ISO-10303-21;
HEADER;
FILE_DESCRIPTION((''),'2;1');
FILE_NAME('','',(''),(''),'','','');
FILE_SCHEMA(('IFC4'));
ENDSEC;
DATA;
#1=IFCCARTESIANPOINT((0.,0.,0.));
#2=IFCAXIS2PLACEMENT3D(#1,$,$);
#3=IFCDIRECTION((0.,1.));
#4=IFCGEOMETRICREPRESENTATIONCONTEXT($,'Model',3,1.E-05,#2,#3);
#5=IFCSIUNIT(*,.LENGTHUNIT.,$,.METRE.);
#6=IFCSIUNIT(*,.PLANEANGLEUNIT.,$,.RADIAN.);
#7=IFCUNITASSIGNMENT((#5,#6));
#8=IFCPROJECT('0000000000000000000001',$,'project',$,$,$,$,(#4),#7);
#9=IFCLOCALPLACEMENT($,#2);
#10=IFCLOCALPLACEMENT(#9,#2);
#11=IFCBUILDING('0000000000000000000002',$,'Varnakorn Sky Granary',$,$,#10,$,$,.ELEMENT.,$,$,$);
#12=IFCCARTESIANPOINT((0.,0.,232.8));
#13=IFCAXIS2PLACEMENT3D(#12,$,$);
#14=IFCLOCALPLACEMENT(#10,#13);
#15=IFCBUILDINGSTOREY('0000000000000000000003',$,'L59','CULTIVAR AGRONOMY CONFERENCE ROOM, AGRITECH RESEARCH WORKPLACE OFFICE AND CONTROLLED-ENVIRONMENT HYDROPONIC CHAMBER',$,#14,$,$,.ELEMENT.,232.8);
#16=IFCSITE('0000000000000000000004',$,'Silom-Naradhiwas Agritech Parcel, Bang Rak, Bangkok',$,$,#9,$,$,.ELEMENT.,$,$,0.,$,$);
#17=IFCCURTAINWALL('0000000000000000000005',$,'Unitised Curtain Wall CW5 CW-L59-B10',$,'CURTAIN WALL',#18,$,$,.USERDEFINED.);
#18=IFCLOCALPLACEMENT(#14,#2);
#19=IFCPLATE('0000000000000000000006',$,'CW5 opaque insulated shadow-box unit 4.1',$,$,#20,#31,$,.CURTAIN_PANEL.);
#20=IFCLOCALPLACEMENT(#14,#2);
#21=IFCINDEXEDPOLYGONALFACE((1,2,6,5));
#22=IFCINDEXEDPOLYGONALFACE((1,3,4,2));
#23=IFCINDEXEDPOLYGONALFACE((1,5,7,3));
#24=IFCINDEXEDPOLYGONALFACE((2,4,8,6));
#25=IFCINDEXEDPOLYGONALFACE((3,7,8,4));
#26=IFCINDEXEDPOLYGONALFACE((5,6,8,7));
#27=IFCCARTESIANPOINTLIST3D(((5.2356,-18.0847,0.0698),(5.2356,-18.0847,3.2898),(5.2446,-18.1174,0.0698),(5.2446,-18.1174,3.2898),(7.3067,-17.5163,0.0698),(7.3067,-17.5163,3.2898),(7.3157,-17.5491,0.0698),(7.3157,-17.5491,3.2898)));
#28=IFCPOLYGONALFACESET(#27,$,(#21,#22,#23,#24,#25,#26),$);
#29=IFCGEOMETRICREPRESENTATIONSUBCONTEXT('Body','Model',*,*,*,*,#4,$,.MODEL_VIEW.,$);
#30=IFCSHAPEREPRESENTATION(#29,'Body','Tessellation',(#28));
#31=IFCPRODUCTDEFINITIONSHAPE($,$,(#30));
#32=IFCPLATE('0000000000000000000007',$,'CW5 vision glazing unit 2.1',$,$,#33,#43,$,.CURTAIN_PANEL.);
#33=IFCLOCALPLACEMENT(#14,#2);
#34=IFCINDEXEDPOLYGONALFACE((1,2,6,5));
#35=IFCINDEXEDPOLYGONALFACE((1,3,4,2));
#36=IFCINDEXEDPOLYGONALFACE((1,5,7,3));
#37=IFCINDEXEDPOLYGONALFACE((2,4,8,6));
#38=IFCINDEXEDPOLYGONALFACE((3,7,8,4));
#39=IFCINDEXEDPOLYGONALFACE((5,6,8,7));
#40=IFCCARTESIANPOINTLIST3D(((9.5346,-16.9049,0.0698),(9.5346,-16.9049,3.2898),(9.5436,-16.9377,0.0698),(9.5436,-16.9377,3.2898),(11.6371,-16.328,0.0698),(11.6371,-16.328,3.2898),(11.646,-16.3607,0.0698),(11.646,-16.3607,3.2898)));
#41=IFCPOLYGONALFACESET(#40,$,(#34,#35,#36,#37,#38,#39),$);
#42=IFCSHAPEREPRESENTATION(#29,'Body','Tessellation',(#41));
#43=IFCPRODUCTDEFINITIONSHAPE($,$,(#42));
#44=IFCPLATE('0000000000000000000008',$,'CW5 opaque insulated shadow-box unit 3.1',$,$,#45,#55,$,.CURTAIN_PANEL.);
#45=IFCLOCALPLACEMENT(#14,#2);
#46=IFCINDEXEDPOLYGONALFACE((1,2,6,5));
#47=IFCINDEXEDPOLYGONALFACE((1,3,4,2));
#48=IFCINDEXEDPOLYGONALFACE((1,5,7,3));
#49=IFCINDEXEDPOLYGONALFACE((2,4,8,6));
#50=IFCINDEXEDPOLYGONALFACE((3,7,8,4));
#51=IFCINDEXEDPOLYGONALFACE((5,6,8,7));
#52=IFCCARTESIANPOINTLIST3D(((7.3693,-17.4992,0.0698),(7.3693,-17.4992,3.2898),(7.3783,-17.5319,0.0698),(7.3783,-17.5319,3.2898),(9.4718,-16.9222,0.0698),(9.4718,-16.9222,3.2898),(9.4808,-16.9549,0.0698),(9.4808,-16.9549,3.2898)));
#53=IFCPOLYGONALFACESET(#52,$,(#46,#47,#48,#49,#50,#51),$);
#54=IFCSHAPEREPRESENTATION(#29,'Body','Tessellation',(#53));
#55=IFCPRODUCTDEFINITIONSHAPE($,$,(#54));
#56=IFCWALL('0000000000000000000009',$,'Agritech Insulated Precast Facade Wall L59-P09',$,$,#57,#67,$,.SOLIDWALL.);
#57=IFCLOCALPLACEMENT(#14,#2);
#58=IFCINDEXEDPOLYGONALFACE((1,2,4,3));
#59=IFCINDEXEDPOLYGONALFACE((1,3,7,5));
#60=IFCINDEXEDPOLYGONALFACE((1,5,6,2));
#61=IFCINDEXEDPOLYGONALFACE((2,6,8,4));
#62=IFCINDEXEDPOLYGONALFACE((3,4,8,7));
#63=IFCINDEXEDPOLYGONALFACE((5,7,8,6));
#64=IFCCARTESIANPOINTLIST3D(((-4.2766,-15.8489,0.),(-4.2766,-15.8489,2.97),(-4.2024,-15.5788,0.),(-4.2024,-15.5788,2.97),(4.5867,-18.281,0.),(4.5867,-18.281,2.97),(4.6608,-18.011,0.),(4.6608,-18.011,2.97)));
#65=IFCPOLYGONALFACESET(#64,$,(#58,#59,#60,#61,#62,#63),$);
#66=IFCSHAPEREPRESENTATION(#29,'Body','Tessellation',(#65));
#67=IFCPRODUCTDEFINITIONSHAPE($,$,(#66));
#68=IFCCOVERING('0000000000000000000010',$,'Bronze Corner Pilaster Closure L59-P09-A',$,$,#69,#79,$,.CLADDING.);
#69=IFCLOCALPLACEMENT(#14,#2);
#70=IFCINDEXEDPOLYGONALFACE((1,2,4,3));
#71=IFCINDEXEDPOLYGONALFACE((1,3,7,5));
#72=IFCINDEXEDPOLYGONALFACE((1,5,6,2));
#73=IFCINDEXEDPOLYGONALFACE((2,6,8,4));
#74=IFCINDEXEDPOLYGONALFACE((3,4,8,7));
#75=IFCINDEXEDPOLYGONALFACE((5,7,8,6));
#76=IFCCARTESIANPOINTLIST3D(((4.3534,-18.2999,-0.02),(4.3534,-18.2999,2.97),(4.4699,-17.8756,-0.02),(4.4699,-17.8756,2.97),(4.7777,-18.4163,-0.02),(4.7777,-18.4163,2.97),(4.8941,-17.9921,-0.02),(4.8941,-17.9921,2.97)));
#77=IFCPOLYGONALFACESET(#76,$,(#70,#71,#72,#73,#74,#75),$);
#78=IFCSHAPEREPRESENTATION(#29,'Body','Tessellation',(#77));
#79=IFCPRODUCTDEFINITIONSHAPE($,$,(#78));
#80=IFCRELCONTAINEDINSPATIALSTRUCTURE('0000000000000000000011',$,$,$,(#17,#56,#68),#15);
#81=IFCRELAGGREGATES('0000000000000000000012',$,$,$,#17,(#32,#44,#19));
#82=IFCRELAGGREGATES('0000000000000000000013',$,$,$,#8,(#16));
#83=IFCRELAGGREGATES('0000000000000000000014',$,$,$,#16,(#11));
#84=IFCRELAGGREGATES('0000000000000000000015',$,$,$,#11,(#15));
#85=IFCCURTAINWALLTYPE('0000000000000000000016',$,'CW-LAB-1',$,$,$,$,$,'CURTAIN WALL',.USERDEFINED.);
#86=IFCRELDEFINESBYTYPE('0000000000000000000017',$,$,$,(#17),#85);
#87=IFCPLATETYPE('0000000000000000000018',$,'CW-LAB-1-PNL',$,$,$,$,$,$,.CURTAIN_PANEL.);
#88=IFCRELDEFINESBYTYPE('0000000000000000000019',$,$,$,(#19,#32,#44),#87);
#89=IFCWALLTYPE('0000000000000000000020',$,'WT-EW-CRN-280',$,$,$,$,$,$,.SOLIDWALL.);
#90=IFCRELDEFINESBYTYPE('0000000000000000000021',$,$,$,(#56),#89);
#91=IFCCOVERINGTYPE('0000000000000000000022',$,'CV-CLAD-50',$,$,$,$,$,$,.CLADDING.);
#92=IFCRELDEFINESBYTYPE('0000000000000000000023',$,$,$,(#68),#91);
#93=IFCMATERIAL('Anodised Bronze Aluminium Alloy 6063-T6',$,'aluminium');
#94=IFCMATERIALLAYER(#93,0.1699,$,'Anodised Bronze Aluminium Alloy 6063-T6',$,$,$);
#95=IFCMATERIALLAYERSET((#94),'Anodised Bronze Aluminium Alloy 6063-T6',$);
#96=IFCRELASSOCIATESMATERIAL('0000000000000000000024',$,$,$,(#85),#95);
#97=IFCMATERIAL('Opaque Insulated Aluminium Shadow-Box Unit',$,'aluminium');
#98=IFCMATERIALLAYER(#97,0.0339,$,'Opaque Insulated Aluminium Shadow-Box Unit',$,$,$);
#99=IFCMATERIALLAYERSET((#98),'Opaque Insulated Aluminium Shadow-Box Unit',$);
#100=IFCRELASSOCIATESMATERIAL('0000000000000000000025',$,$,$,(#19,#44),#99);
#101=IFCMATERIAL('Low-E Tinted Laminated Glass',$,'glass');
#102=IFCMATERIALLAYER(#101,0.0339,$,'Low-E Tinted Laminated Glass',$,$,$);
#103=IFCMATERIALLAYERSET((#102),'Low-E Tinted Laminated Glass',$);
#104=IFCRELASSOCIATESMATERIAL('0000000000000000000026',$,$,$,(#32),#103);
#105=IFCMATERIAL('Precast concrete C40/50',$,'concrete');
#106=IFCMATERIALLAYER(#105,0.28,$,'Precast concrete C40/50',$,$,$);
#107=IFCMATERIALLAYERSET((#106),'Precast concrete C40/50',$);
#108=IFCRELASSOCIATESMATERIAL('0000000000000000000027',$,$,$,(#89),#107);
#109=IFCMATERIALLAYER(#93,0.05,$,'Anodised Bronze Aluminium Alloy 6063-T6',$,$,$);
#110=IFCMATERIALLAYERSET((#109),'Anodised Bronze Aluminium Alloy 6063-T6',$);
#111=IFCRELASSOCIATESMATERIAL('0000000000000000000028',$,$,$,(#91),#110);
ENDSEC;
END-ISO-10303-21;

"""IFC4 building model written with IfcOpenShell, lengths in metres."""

from ifc_helpers import new_model, si_unit, direction, frame, frame_2d, origin, origin_2d, place, context, subcontext, project, spatial, rectangle, extrude, source, transform, mapped, material, layer, layer_set, type_object, type_shapes, element, aggregate, save


model = new_model("IFC4")

# Units and contexts
model_context = context("Model", 3, precision=1e-05, world=origin(), true_north=direction((0.0, 1.0)))
body_context = subcontext(model_context, "Body", "Model", "MODEL_VIEW")
ifc_project = project(units=[si_unit("LENGTHUNIT", "METRE"), si_unit("PLANEANGLEUNIT", "RADIAN")], contexts=[model_context])

# Site, building, storey
site_placement = place(None, origin())
site = spatial("IfcSite", under=ifc_project, at=site_placement, Name="Silom-Naradhiwas Agritech Parcel, Bang Rak, Bangkok", CompositionType="ELEMENT", RefElevation=0.0)
building_placement = place(site_placement, origin())
building = spatial("IfcBuilding", under=site, at=building_placement, Name="Varnakorn Sky Granary", CompositionType="ELEMENT")
storey_placement = place(building_placement, frame((0.0, 0.0, 232.8)))
storey = spatial("IfcBuildingStorey", under=building, at=storey_placement, Name="L59", Description="CULTIVAR AGRONOMY CONFERENCE ROOM, AGRITECH RESEARCH WORKPLACE OFFICE AND CONTROLLED-ENVIRONMENT HYDROPONIC CHAMBER", CompositionType="ELEMENT", Elevation=232.8)

# Curtain wall
ifc_material_1 = material(Name="Anodised Bronze Aluminium Alloy 6063-T6", Category="aluminium")
ifc_layer_1 = layer(ifc_material_1, 0.1699, Name="Anodised Bronze Aluminium Alloy 6063-T6")
ifc_layer_set_1 = layer_set([ifc_layer_1], Name="Anodised Bronze Aluminium Alloy 6063-T6")
curtain_wall_type = type_object("IfcCurtainWallType", Name="CW-LAB-1", ElementType="CURTAIN WALL", PredefinedType="USERDEFINED", material=ifc_layer_set_1)
curtain_wall_placement = place(storey_placement, origin())
curtain_wall = element("IfcCurtainWall", 1, at=curtain_wall_placement, inside=storey, type_object=curtain_wall_type, Name="Unitised Curtain Wall CW5 CW-L59-B10", ObjectType="CURTAIN WALL", PredefinedType="USERDEFINED")

# Plates
ifc_material_2 = material(Name="Low-E Tinted Laminated Glass", Category="glass")
ifc_layer_2 = layer(ifc_material_2, 0.0339, Name="Low-E Tinted Laminated Glass")
ifc_layer_set_2 = layer_set([ifc_layer_2], Name="Low-E Tinted Laminated Glass")
plate_type = type_object("IfcPlateType", Name="CW-LAB-1-PNL", PredefinedType="CURTAIN_PANEL")
shared_shape_1 = source(origin(), body_context, "Body", "SweptSolid", [
    extrude(rectangle(XDim=2.1477, YDim=0.0339, at=origin_2d()), origin(), (0.0, 0.0, 1.0), 3.22),
])
ifc_material_3 = material(Name="Opaque Insulated Aluminium Shadow-Box Unit", Category="aluminium")
ifc_layer_3 = layer(ifc_material_3, 0.0339, Name="Opaque Insulated Aluminium Shadow-Box Unit")
ifc_layer_set_3 = layer_set([ifc_layer_3], Name="Opaque Insulated Aluminium Shadow-Box Unit")
plate_1_placement = place(storey_placement, frame((6.2756, -17.8169, 0.0698), z_axis=(0.0, 0.0, 1.0), x_axis=(-0.964347, -0.26464, 0.0)))
plate_1 = element("IfcPlate", 2, at=plate_1_placement, type_object=plate_type, material=ifc_layer_set_3, Name="CW5 opaque insulated shadow-box unit 4.1", PredefinedType="CURTAIN_PANEL", context=body_context, shape_type="MappedRepresentation", body=[
    mapped(shared_shape_1, transform((0.0, 0.0, 0.0), x_axis=(1.0, 0.0, 0.0), y_axis=(0.0, 1.0, 0.0), z_axis=(0.0, 0.0, 1.0), scale=1.0)),
])
shared_shape_2 = source(origin(), body_context, "Body", "SweptSolid", [
    extrude(rectangle(XDim=2.1802, YDim=0.0339, at=origin_2d()), origin(), (0.0, 0.0, 1.0), 3.22),
])
type_shapes(plate_type, [shared_shape_1, shared_shape_2])
plate_2_placement = place(storey_placement, frame((10.5903, -16.6328, 0.0698), z_axis=(0.0, 0.0, 1.0), x_axis=(-0.964347, -0.26464, 0.0)))
plate_2 = element("IfcPlate", 3, at=plate_2_placement, type_object=plate_type, material=ifc_layer_set_2, Name="CW5 vision glazing unit 2.1", PredefinedType="CURTAIN_PANEL", context=body_context, shape_type="MappedRepresentation", body=[
    mapped(shared_shape_2, transform((0.0, 0.0, 0.0), x_axis=(1.0, 0.0, 0.0), y_axis=(0.0, 1.0, 0.0), z_axis=(0.0, 0.0, 1.0), scale=1.0)),
])
plate_3_placement = place(storey_placement, frame((8.425, -17.2271, 0.0698), z_axis=(0.0, 0.0, 1.0), x_axis=(-0.964347, -0.26464, 0.0)))
plate_3 = element("IfcPlate", 4, at=plate_3_placement, type_object=plate_type, material=ifc_layer_set_3, Name="CW5 opaque insulated shadow-box unit 3.1", PredefinedType="CURTAIN_PANEL", context=body_context, shape_type="MappedRepresentation", body=[
    mapped(shared_shape_2, transform((0.0, 0.0, 0.0), x_axis=(1.0, 0.0, 0.0), y_axis=(0.0, 1.0, 0.0), z_axis=(0.0, 0.0, 1.0), scale=1.0)),
])
aggregate(curtain_wall, [plate_2, plate_3, plate_1])

# Wall
ifc_material_4 = material(Name="Precast concrete C40/50", Category="concrete")
ifc_layer_4 = layer(ifc_material_4, 0.28, Name="Precast concrete C40/50")
ifc_layer_set_4 = layer_set([ifc_layer_4], Name="Precast concrete C40/50")
wall_type = type_object("IfcWallType", Name="WT-EW-CRN-280", PredefinedType="SOLIDWALL", material=ifc_layer_set_4)
wall_placement = place(storey_placement, frame((4.6238, -18.146, 0.0), z_axis=(0.0, 0.0, 1.0), x_axis=(-0.964352, 0.264623, 0.0)))
element("IfcWall", 5, at=wall_placement, inside=storey, type_object=wall_type, Name="Agritech Insulated Precast Facade Wall L59-P09", PredefinedType="SOLIDWALL", context=body_context, shape_type="SweptSolid", body=[
    extrude(rectangle(XDim=9.1909, YDim=0.28, at=frame_2d((4.5955, 0.0))), origin(), (0.0, 0.0, 1.0), 2.97),
])

# Covering
ifc_layer_5 = layer(ifc_material_1, 0.05, Name="Anodised Bronze Aluminium Alloy 6063-T6")
ifc_layer_set_5 = layer_set([ifc_layer_5], Name="Anodised Bronze Aluminium Alloy 6063-T6")
covering_type = type_object("IfcCoveringType", Name="CV-CLAD-50", PredefinedType="CLADDING", material=ifc_layer_set_5)
shared_shape_3 = source(origin(), body_context, "Body", "SweptSolid", [
    extrude(rectangle(XDim=0.4399, YDim=0.4399, at=origin_2d()), origin(), (0.0, 0.0, 1.0), 2.99),
])
type_shapes(covering_type, [shared_shape_3])
covering_placement = place(storey_placement, frame((4.6238, -18.146, -0.02), z_axis=(0.0, 0.0, 1.0), x_axis=(-0.964327, 0.264715, 0.0)))
element("IfcCovering", 6, at=covering_placement, inside=storey, type_object=covering_type, Name="Bronze Corner Pilaster Closure L59-P09-A", PredefinedType="CLADDING", context=body_context, shape_type="MappedRepresentation", body=[
    mapped(shared_shape_3, transform((0.0, 0.0, 0.0), x_axis=(1.0, 0.0, 0.0), y_axis=(0.0, 1.0, 0.0), z_axis=(0.0, 0.0, 1.0), scale=1.0)),
])

save(model, "model.ifc")
